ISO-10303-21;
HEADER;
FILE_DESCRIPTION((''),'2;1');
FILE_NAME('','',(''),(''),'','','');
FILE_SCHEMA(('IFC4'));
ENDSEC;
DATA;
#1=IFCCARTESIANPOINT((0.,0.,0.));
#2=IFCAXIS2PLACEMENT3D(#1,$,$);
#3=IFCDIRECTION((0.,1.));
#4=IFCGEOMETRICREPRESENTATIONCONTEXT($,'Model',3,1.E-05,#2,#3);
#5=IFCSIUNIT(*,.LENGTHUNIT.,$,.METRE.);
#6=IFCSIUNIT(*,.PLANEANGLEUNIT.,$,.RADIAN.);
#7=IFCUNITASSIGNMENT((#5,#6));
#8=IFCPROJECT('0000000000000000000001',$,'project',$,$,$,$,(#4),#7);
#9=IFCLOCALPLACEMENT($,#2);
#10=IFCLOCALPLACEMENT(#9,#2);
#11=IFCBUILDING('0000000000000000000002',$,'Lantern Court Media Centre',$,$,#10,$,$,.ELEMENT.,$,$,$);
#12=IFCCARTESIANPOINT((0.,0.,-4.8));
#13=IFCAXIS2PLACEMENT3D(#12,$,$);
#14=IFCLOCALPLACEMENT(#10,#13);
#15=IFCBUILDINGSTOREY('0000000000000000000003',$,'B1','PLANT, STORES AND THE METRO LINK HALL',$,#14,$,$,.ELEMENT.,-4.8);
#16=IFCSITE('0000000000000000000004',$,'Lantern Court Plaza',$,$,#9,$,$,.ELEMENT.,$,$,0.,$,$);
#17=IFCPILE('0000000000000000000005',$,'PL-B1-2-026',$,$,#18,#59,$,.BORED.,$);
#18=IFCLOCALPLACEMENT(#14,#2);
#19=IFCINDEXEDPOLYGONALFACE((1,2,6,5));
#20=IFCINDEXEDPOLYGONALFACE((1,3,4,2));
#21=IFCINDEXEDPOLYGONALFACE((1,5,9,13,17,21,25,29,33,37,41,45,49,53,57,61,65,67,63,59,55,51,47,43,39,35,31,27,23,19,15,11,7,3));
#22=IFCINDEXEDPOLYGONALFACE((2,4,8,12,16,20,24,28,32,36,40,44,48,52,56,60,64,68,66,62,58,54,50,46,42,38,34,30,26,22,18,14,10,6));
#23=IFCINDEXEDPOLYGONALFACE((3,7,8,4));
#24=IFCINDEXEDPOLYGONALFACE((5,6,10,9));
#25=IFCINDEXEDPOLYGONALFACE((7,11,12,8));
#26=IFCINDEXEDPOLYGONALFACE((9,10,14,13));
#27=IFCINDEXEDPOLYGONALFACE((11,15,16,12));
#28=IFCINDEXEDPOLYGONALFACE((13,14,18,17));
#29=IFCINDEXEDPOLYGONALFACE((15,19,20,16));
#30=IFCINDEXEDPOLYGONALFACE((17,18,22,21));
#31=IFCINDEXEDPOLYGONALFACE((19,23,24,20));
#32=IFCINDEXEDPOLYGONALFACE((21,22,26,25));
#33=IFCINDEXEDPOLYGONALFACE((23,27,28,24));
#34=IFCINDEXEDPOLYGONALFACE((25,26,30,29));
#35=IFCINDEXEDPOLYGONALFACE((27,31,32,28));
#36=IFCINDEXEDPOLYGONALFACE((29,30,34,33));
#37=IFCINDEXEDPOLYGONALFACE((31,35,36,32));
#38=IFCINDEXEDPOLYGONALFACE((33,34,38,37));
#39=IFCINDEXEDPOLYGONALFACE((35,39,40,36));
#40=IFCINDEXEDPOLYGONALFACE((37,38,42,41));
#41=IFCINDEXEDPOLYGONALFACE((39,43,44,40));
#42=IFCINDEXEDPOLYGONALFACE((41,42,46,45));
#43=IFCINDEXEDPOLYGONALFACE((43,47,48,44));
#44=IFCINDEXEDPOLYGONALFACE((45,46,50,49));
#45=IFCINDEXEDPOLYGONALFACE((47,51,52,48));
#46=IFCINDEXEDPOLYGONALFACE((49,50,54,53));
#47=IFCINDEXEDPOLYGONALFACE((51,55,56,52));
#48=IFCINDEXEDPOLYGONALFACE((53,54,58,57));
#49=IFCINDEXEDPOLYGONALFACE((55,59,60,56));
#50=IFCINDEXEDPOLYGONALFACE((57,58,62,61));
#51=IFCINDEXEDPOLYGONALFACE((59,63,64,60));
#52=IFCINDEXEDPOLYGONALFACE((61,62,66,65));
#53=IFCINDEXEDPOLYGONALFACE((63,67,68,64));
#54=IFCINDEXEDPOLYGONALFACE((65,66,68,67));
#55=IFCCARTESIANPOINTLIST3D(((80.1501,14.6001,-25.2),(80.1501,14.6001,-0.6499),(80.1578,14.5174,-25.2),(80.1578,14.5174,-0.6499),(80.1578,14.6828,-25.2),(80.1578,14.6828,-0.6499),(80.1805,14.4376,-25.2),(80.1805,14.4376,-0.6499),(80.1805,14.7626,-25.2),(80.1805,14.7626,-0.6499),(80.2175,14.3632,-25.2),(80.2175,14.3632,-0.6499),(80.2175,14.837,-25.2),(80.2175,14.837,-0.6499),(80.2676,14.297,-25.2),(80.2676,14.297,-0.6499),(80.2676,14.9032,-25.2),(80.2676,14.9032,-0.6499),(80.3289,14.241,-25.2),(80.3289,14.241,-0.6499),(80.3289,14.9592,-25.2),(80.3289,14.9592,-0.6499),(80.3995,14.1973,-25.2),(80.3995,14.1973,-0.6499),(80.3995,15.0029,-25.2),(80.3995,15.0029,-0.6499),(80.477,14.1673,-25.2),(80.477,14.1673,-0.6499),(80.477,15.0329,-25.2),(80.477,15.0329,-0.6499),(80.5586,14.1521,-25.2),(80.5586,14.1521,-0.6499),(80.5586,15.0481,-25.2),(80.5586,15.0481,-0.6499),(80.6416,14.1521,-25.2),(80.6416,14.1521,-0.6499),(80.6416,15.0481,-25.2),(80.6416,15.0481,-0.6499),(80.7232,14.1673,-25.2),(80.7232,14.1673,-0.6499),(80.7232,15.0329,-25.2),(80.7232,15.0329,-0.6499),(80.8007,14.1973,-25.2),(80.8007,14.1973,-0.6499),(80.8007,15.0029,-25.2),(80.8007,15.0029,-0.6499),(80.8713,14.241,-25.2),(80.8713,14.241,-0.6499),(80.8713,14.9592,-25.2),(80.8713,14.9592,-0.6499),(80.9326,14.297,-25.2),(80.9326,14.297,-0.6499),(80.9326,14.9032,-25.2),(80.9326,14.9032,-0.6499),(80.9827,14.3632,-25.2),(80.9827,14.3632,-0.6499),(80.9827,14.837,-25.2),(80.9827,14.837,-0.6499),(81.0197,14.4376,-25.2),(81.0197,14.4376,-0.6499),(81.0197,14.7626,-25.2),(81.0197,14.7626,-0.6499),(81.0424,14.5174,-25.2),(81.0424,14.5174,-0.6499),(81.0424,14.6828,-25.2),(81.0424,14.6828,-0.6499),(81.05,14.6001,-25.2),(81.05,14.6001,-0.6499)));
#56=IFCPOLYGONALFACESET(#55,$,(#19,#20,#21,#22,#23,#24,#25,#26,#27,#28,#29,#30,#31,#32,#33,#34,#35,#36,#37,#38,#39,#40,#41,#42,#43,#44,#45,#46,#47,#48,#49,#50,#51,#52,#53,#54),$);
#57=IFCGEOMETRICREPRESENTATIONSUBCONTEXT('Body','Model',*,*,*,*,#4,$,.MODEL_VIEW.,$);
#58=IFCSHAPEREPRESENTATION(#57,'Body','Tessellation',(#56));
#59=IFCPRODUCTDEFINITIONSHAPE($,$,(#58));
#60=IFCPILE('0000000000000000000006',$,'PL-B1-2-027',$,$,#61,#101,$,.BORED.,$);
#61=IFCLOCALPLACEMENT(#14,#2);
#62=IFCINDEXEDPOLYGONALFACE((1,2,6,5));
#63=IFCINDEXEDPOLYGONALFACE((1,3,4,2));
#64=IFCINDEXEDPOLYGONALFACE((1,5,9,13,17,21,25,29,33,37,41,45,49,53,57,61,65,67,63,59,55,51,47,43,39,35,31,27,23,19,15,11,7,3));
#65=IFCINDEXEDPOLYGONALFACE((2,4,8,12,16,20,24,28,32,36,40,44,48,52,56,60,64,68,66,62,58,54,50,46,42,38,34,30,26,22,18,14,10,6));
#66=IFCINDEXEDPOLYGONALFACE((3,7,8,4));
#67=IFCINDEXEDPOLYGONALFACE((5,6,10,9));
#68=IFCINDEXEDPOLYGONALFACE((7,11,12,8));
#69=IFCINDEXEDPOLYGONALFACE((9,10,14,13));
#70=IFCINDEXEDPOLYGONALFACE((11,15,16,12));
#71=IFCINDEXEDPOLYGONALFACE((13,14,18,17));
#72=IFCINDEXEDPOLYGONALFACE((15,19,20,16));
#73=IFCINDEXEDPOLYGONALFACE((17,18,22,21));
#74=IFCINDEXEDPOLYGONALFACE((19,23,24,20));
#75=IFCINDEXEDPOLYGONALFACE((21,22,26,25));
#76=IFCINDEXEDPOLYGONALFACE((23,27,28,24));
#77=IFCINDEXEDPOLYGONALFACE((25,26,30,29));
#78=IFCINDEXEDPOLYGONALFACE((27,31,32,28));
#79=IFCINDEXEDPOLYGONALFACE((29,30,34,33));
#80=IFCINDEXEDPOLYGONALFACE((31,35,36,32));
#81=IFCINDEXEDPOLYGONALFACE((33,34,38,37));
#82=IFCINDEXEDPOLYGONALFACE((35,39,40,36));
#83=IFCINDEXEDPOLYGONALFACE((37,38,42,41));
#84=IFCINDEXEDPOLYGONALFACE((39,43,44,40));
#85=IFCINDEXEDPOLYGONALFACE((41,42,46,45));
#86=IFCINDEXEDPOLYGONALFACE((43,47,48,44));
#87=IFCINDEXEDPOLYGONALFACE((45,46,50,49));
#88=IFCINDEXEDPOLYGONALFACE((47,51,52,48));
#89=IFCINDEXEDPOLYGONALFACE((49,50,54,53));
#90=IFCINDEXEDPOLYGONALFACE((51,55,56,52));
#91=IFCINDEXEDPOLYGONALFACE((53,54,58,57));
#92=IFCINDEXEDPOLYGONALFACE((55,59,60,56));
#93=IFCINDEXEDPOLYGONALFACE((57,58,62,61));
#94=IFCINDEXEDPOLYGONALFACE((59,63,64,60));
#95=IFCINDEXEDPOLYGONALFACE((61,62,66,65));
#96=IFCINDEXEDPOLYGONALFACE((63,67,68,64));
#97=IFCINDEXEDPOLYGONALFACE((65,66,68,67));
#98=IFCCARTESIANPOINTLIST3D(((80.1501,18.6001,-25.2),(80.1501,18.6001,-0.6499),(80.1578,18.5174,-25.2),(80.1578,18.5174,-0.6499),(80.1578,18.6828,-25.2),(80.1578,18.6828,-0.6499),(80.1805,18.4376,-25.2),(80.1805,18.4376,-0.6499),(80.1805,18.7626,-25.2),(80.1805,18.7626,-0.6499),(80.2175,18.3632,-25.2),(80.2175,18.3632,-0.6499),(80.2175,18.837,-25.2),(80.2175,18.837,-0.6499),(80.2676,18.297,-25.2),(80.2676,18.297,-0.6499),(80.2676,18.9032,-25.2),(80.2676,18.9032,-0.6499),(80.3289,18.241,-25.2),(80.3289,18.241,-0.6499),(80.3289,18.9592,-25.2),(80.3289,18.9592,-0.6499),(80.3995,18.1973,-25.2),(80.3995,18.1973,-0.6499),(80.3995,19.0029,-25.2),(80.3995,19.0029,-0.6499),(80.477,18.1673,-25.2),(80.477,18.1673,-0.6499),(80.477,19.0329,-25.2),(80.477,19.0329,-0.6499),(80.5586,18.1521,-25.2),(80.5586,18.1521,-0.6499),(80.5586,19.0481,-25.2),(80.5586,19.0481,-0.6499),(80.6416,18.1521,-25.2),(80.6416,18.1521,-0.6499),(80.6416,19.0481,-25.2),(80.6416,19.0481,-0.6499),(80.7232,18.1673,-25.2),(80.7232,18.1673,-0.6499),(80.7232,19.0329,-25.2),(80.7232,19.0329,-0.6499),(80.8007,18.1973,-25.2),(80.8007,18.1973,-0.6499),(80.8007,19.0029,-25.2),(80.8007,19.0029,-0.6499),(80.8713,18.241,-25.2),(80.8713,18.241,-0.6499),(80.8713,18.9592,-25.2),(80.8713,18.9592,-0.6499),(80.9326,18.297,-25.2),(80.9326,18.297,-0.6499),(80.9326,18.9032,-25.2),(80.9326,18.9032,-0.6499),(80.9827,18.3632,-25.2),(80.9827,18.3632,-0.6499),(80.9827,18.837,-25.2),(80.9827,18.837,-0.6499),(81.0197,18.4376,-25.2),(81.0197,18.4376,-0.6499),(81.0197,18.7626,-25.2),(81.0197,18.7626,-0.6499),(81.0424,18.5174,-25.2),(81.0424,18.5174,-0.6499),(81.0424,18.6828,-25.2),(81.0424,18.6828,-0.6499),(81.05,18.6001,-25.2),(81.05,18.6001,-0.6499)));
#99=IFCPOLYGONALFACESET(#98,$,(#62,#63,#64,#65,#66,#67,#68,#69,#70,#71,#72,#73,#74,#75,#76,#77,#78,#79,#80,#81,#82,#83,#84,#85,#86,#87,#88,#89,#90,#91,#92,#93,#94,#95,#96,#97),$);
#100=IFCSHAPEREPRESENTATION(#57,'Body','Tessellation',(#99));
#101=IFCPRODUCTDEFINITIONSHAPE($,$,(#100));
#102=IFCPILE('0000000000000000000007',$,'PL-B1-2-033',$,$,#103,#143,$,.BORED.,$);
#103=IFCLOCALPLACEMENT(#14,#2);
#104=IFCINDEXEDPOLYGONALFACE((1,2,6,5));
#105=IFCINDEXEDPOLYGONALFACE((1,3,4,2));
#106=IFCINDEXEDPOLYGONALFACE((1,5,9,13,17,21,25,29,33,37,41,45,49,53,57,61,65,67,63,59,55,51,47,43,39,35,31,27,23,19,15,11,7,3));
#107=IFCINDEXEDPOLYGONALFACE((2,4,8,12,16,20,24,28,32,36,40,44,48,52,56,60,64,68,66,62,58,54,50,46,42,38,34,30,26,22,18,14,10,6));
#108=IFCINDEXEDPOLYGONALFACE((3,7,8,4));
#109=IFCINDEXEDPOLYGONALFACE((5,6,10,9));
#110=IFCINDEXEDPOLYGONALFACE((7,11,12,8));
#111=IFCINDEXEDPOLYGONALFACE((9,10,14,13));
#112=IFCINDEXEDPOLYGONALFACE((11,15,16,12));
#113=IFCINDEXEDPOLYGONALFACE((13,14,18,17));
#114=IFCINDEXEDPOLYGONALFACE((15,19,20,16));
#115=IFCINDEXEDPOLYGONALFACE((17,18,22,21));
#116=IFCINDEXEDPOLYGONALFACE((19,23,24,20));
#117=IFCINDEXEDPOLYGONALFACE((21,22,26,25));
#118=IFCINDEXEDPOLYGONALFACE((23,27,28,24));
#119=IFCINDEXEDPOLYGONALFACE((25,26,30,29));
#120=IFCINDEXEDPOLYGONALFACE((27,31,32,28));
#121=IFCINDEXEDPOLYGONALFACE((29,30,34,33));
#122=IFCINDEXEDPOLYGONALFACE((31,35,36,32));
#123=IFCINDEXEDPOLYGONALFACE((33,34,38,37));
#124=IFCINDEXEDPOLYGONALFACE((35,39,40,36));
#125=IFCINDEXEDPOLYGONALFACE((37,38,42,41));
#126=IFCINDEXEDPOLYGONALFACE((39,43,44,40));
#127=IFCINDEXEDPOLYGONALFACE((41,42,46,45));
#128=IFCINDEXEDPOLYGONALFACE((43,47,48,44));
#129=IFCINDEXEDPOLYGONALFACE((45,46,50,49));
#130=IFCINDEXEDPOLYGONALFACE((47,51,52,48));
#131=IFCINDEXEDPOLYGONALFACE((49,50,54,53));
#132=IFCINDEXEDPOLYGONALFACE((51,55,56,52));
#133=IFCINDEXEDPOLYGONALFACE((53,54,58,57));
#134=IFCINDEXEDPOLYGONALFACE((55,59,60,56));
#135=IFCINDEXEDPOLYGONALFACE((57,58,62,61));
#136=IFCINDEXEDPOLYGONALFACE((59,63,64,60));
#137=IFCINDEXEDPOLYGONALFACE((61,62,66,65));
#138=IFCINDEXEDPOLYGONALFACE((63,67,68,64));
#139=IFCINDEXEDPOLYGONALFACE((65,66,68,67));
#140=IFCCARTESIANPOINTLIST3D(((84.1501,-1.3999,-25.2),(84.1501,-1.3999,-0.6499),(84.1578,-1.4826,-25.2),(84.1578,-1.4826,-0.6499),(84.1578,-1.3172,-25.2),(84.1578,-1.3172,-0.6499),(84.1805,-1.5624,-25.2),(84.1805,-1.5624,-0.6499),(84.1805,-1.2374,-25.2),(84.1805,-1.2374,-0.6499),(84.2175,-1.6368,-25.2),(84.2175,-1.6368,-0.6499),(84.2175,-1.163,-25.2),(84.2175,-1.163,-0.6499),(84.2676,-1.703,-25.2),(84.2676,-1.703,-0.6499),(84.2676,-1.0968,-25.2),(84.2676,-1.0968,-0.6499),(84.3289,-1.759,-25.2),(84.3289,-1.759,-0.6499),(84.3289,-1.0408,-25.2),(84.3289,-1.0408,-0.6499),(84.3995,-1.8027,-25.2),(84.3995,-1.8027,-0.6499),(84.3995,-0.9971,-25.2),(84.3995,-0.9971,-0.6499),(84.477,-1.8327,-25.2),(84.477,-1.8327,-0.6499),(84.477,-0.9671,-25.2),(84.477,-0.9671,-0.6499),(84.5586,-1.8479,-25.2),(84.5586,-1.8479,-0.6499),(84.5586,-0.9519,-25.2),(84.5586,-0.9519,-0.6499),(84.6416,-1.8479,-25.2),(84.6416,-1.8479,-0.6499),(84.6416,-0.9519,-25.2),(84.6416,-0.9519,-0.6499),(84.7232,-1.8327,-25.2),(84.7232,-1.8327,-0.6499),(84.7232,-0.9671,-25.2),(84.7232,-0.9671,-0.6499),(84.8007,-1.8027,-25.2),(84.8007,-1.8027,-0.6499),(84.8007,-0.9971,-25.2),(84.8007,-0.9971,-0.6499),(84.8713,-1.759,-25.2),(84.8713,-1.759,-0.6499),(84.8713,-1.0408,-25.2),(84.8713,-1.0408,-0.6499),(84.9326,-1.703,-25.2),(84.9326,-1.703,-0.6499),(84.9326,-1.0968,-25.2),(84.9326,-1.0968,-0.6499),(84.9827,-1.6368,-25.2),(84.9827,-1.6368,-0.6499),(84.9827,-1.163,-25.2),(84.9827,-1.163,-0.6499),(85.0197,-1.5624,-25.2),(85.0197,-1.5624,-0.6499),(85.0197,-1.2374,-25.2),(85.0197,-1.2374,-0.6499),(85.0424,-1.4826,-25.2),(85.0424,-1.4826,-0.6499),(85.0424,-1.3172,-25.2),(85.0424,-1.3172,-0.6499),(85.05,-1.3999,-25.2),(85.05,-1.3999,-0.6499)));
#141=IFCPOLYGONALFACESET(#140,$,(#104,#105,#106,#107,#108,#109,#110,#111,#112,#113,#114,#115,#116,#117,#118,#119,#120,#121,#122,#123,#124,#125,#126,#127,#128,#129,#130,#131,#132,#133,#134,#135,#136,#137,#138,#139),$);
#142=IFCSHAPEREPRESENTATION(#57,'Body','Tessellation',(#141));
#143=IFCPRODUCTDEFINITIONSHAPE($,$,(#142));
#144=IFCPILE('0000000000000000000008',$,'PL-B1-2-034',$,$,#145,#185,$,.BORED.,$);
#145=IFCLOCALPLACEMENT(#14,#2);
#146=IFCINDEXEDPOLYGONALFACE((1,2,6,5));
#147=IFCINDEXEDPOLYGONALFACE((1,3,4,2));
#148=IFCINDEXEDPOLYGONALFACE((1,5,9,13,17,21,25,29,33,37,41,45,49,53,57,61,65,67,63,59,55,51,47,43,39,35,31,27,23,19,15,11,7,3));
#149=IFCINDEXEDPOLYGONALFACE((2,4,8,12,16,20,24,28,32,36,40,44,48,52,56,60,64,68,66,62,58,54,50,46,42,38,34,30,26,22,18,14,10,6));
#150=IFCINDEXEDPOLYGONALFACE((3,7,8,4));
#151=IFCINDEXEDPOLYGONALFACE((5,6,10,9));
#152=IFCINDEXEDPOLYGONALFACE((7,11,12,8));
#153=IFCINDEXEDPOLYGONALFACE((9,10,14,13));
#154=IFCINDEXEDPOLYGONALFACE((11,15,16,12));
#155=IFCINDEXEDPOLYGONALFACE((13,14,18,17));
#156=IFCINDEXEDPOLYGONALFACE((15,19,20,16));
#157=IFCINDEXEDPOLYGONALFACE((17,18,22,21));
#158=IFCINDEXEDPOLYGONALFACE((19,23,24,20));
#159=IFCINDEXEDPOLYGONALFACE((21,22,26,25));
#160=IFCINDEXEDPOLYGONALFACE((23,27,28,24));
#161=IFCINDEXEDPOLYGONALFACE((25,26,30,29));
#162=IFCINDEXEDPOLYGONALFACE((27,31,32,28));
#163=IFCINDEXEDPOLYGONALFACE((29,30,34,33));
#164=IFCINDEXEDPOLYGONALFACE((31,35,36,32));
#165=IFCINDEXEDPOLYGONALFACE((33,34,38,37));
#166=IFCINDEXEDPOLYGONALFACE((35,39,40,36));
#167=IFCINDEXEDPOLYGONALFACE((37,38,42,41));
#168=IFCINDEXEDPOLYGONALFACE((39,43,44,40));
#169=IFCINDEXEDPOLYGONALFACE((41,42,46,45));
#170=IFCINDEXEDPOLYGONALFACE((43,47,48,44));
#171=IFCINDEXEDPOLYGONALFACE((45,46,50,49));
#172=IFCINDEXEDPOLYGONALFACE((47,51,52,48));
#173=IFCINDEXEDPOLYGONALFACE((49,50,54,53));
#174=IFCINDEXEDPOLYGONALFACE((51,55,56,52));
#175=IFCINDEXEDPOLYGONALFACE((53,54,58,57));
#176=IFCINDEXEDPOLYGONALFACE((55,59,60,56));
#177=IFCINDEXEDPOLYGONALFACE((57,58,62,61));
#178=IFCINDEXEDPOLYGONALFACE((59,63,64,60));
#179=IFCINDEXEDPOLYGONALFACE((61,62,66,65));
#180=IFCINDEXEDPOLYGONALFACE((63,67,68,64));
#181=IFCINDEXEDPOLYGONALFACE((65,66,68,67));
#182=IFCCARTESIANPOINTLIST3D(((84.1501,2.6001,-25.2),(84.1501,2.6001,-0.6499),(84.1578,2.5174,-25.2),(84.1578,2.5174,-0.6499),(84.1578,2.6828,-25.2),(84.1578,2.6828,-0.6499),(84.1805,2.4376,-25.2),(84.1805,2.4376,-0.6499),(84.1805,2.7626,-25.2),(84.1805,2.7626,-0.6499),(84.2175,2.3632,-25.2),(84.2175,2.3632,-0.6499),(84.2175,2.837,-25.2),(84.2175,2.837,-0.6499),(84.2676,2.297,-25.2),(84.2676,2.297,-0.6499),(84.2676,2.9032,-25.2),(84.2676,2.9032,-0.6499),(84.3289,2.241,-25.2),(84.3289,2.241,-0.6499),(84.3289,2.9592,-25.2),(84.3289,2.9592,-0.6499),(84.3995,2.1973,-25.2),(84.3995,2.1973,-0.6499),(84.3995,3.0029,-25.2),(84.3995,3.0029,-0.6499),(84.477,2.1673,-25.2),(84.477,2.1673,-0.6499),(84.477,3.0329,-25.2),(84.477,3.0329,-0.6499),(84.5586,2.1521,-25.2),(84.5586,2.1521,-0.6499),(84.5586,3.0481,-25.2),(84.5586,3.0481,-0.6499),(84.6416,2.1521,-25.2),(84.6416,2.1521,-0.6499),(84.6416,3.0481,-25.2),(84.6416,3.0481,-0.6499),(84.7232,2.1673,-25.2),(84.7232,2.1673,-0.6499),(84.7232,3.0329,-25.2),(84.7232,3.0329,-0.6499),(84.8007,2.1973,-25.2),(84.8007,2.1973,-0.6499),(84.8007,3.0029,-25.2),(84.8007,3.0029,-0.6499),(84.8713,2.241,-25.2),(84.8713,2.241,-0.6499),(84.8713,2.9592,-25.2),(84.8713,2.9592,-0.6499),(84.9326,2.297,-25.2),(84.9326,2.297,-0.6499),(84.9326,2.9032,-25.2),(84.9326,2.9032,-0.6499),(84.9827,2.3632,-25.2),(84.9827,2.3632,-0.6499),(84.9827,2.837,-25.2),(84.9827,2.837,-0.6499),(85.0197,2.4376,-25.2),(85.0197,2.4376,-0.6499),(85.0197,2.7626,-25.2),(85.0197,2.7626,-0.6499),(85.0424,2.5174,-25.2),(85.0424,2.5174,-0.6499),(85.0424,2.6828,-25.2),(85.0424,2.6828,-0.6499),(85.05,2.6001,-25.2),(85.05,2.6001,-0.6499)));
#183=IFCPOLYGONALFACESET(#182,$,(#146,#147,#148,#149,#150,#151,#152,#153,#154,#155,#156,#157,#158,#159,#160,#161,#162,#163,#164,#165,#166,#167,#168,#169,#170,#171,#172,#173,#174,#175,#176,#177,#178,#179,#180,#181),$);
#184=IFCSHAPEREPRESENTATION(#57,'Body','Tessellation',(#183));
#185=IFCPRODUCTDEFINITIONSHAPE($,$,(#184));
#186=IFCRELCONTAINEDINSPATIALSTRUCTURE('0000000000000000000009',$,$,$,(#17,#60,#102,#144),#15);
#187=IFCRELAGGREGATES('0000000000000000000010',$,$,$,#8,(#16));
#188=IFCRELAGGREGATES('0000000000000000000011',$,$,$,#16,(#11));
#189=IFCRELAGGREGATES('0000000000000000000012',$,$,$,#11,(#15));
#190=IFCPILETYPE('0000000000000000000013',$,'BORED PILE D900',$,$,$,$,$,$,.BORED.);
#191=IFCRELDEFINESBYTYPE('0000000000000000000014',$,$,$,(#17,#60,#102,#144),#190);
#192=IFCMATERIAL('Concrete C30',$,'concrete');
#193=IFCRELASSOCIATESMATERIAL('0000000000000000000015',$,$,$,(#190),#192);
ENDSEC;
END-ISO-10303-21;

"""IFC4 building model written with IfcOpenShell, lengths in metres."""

from ifc_helpers import new_model, si_unit, direction, frame, origin, origin_2d, place, context, subcontext, project, spatial, circle, extrude, material, material_profile, profile_set, type_object, element, save


model = new_model("IFC4")

# Units and contexts
model_context = context("Model", 3, precision=1e-05, world=origin(), true_north=direction((0.0, 1.0)))
body_context = subcontext(model_context, "Body", "Model", "MODEL_VIEW")
ifc_project = project(units=[si_unit("LENGTHUNIT", "METRE"), si_unit("PLANEANGLEUNIT", "RADIAN")], contexts=[model_context])

# Site, building, storey
site_placement = place(None, origin())
site = spatial("IfcSite", under=ifc_project, at=site_placement, Name="Lantern Court Plaza", CompositionType="ELEMENT", RefElevation=0.0)
building_placement = place(site_placement, origin())
building = spatial("IfcBuilding", under=site, at=building_placement, Name="Lantern Court Media Centre", CompositionType="ELEMENT")
storey_placement = place(building_placement, frame((0.0, 0.0, -4.8)))
storey = spatial("IfcBuildingStorey", under=building, at=storey_placement, Name="B1", Description="PLANT, STORES AND THE METRO LINK HALL", CompositionType="ELEMENT", Elevation=-4.8)

# Piles
ifc_material_1 = material(Name="Concrete C30", Category="concrete")
ifc_material_profile_1 = material_profile(ifc_material_1, circle(Radius=0.45, at=origin_2d()), Name="D900")
ifc_profile_set_1 = profile_set([ifc_material_profile_1], Name="Concrete C30")
pile_type = type_object("IfcPileType", Name="BORED PILE D900", PredefinedType="BORED", material=ifc_profile_set_1)
for number, where, z_axis, x_axis, name in (
    (1, (80.6001, 14.6001, -0.6499), (0.0, 0.0, -1.0), (1.0, 0.0, 0.0), "PL-B1-2-026"),
    (2, (80.6001, 18.6001, -0.6499), (0.0, 0.0, -1.0), (1.0, 0.0, 0.0), "PL-B1-2-027"),
    (3, (84.6001, -1.3999, -0.6499), (0.0, 0.0, -1.0), (1.0, 0.0, 0.0), "PL-B1-2-033"),
    (4, (84.6001, 2.6001, -0.6499), (0.0, 0.0, -1.0), (1.0, 0.0, 0.0), "PL-B1-2-034"),
):
    element("IfcPile", number, at=place(storey_placement, frame(where, z_axis=z_axis, x_axis=x_axis)), inside=storey, type_object=pile_type, Name=name, PredefinedType="BORED", context=body_context, shape_type="SweptSolid", body=[
        extrude(circle(Radius=0.45, at=origin_2d()), origin(), (0.0, 0.0, 1.0), 24.55),
    ])

save(model, "model.ifc")
